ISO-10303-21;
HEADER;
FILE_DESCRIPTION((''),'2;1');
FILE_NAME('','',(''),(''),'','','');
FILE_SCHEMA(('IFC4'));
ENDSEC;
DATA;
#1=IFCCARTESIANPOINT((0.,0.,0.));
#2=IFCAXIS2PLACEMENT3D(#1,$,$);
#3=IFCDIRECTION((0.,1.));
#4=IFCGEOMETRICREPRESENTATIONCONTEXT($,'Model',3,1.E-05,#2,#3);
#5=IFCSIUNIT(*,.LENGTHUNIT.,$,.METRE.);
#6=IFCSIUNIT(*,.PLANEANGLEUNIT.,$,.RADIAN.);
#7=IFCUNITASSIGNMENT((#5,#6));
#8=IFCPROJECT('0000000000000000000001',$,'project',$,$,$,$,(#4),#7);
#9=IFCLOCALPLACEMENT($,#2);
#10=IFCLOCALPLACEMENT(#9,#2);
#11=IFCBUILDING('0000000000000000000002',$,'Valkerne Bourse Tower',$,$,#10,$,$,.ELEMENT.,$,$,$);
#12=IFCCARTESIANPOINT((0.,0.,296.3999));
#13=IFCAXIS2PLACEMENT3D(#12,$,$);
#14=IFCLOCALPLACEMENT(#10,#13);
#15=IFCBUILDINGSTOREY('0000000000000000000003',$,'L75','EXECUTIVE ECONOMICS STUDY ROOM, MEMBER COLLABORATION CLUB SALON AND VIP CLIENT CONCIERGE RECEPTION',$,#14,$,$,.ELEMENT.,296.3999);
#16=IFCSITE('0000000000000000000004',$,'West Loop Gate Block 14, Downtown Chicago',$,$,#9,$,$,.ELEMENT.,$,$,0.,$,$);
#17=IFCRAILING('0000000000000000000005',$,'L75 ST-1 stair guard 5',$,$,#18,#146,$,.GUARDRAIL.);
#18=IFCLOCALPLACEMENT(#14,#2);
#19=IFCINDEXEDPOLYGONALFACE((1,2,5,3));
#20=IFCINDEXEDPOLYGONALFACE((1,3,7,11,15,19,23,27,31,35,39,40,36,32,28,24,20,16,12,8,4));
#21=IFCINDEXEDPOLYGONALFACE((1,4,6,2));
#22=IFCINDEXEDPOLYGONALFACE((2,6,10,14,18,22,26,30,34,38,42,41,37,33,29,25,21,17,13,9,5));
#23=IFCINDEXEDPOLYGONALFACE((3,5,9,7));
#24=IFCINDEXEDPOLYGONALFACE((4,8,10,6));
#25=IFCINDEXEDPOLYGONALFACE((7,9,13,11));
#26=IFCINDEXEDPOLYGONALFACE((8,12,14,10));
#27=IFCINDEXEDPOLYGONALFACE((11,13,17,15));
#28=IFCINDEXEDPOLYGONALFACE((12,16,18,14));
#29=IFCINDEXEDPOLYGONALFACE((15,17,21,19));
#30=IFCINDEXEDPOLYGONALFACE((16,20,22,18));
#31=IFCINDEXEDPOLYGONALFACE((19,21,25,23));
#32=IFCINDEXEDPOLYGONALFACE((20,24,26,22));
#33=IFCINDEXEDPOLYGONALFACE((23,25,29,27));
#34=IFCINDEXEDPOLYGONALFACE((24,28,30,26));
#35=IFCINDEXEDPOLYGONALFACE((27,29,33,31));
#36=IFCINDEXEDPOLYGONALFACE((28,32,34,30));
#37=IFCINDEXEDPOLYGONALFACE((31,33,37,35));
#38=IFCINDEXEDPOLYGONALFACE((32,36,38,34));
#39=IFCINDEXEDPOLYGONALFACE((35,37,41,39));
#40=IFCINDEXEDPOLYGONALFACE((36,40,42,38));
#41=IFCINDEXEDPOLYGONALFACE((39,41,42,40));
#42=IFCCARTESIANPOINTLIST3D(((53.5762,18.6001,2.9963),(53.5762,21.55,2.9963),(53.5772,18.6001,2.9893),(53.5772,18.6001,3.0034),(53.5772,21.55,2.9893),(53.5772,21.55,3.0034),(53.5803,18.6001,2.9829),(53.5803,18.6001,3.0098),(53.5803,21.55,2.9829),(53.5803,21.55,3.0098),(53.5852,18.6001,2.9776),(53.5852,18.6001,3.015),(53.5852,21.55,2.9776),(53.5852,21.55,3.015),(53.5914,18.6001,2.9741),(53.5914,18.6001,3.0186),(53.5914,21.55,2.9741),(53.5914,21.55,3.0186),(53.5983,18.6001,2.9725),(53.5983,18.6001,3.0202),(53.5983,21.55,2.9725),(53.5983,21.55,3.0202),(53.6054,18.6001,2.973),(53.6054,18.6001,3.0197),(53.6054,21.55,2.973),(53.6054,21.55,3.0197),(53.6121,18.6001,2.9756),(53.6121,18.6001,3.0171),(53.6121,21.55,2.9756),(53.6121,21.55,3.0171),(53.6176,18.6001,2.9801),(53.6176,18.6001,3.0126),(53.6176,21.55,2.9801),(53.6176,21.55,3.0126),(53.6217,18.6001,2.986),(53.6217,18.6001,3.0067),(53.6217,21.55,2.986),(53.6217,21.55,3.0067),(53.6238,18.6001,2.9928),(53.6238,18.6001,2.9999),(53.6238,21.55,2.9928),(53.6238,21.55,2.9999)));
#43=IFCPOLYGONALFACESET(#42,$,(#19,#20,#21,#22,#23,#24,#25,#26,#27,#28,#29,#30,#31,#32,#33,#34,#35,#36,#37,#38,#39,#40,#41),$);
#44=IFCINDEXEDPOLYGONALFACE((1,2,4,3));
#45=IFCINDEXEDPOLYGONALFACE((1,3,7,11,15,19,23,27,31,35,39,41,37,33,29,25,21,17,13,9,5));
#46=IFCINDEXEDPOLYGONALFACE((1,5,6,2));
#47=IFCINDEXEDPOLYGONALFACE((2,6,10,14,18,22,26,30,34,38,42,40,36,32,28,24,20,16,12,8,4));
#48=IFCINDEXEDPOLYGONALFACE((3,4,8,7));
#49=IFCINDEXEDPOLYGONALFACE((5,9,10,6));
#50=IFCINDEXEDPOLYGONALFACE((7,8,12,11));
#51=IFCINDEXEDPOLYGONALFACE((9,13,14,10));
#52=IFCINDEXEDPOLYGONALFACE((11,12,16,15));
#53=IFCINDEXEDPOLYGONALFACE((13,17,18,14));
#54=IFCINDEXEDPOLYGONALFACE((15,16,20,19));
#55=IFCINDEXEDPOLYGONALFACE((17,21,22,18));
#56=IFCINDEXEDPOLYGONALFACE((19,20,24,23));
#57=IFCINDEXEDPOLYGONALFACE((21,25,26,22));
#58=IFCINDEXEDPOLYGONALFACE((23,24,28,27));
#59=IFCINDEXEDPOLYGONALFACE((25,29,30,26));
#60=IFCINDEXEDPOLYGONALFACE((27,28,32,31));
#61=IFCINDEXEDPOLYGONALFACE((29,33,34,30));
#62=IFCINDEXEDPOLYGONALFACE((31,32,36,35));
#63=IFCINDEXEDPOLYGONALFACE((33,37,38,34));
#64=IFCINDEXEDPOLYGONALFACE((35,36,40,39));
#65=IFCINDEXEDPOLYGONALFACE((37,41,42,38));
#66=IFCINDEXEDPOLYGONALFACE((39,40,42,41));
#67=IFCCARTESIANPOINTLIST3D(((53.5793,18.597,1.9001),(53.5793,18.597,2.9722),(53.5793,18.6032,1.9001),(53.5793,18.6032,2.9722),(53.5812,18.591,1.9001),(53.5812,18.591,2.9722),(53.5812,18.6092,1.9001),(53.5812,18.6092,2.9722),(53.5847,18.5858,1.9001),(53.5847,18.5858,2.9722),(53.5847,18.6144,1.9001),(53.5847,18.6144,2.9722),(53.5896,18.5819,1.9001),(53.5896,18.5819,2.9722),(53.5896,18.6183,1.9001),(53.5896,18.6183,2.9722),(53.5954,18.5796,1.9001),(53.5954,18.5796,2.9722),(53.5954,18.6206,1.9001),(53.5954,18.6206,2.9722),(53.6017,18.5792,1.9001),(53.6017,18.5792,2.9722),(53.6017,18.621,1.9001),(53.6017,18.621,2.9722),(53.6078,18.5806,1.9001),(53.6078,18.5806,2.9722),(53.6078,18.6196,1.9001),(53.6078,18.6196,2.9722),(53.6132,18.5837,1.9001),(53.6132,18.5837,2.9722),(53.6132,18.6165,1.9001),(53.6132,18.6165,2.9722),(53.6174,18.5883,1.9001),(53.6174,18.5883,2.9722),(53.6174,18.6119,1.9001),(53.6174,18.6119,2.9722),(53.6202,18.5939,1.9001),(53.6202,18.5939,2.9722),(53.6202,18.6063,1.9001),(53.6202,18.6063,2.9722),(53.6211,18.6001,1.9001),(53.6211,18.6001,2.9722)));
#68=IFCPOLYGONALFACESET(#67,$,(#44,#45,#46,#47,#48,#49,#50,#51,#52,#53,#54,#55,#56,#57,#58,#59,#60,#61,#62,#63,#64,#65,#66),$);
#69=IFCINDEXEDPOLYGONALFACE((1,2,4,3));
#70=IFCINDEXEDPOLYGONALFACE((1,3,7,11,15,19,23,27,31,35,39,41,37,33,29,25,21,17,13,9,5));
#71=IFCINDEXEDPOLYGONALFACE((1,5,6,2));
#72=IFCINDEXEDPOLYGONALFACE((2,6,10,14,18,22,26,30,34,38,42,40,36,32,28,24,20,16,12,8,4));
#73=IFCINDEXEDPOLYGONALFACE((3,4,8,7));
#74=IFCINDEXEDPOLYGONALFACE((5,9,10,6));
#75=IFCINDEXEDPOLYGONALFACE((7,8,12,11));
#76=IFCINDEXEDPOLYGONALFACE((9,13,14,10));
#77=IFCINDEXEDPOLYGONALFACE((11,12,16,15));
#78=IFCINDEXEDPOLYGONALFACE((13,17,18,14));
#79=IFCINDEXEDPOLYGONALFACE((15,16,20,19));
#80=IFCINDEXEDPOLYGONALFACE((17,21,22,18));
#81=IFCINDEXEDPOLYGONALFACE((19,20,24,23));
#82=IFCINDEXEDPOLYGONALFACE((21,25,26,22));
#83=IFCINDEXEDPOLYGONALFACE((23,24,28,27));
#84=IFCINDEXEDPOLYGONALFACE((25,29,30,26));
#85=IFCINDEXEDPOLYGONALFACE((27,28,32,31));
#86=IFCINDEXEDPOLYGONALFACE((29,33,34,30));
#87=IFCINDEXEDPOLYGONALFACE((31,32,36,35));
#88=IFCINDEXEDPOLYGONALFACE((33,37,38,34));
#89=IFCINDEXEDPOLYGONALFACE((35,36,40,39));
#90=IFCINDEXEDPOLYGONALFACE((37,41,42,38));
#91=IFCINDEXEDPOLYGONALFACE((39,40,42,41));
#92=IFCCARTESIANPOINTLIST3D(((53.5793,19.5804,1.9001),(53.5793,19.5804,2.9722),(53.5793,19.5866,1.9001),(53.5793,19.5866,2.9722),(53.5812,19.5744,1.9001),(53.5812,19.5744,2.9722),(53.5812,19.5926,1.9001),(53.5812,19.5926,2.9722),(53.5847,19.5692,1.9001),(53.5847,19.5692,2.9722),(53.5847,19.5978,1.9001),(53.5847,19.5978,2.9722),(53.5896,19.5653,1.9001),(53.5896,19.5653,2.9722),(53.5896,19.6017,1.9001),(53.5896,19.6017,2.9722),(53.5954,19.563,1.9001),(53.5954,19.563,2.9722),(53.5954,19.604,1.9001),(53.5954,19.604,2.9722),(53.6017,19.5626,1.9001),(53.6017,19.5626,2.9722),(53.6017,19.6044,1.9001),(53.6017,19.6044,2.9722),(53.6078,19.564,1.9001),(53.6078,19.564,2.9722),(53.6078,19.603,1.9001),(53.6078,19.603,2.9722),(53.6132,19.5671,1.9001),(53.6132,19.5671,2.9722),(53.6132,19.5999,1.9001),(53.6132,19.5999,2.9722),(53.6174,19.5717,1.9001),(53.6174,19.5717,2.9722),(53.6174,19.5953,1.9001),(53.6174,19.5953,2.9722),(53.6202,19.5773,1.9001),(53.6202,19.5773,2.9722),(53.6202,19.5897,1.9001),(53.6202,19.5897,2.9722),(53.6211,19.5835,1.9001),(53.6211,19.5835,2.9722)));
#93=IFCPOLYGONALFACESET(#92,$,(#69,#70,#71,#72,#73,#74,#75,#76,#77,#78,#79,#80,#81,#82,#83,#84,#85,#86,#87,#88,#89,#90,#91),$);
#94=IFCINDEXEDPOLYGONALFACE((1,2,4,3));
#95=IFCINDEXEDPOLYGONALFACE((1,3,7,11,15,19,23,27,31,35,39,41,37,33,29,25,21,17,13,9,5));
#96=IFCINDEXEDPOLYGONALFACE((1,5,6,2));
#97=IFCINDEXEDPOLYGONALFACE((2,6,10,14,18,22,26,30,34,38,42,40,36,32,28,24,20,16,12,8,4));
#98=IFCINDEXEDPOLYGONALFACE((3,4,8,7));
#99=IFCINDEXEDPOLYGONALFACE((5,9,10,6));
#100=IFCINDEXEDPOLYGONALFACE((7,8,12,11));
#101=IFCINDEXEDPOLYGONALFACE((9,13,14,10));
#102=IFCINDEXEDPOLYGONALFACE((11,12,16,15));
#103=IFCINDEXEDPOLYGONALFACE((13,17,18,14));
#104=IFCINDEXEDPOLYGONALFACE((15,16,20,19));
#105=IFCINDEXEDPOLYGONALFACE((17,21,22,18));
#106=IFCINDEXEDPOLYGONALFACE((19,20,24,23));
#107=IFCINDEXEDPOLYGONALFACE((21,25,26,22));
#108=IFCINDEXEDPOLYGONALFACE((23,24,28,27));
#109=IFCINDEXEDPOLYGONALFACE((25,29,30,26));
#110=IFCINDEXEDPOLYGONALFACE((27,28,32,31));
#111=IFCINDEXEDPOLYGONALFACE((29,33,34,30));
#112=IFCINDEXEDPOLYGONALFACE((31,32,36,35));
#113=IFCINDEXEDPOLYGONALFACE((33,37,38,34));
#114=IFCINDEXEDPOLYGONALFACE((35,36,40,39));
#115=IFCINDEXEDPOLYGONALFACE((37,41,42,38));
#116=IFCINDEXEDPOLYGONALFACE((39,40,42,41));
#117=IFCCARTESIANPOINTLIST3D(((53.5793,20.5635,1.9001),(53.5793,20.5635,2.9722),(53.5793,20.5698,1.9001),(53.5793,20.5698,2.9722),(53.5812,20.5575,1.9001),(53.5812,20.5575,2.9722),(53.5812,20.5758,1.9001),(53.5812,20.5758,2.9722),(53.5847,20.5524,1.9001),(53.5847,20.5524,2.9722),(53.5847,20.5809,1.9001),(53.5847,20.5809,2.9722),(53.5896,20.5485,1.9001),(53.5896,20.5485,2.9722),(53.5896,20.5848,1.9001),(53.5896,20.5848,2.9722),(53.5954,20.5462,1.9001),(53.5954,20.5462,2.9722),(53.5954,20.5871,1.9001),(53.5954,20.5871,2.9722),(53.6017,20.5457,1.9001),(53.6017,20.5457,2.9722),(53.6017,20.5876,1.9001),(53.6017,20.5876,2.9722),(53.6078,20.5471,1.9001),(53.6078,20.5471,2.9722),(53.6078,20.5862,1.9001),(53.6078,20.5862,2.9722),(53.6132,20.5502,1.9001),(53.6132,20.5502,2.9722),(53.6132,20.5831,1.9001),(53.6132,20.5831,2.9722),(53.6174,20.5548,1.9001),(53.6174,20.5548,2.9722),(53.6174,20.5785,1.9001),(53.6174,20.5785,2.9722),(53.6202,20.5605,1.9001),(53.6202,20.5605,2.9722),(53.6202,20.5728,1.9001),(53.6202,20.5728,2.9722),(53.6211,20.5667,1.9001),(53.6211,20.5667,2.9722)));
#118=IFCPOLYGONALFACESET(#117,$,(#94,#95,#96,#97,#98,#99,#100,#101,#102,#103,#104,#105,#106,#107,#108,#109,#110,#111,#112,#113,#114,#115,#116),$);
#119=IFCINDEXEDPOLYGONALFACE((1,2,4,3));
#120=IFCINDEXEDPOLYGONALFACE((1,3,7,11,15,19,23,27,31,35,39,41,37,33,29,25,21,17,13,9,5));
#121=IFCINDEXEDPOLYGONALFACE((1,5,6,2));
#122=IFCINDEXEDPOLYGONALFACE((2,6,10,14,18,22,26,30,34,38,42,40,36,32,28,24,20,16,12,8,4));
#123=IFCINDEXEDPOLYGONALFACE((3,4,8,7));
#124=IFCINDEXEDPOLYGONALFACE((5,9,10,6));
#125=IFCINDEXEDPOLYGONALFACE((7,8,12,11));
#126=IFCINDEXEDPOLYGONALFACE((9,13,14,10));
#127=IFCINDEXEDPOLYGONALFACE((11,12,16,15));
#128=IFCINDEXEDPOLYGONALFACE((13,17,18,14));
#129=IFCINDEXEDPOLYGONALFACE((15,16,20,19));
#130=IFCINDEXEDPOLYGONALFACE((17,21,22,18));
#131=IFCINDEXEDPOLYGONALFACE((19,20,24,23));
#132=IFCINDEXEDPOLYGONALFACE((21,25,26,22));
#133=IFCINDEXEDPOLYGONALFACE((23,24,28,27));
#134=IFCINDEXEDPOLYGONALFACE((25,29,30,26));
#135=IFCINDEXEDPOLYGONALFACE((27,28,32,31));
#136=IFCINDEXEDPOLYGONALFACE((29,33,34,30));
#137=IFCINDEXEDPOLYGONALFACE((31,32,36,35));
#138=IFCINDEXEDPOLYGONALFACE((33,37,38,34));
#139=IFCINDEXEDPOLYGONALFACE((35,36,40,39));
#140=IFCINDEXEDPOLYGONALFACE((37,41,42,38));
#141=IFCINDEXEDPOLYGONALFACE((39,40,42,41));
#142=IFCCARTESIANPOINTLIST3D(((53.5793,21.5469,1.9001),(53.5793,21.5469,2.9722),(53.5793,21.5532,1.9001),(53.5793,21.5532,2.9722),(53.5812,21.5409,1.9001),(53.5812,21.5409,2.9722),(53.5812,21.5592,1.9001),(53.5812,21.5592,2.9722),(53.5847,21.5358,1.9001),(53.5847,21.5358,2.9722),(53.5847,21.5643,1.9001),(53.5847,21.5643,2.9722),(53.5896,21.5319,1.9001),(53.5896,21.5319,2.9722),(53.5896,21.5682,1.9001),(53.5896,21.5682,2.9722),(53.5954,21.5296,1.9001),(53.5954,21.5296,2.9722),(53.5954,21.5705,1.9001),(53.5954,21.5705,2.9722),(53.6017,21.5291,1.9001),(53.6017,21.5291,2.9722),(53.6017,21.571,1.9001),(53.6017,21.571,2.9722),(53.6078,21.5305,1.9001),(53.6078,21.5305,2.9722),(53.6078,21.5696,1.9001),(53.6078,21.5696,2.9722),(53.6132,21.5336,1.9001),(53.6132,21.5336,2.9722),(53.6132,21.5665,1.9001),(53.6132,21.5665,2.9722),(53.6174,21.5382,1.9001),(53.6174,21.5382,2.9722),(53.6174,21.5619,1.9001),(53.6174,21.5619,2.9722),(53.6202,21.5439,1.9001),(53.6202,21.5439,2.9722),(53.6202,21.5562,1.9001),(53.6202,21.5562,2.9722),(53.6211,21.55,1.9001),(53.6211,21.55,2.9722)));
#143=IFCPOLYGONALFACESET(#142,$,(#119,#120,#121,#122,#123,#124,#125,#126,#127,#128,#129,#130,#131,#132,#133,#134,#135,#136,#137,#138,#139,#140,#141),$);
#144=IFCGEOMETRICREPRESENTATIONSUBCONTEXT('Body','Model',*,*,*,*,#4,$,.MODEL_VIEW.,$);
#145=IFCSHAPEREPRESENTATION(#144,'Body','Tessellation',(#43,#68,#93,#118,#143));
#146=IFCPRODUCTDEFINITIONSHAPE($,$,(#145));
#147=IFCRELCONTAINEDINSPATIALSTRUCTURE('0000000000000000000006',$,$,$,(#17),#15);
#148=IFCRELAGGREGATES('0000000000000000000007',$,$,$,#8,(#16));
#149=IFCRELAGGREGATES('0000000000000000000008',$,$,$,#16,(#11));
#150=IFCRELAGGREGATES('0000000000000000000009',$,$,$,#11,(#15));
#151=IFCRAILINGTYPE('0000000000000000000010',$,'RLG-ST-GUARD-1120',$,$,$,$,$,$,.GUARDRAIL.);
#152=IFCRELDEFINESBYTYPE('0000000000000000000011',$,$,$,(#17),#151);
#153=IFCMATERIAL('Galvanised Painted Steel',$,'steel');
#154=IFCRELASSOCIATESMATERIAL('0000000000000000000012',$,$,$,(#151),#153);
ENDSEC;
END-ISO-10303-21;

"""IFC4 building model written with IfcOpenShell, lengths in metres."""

from ifc_helpers import new_model, si_unit, direction, frame, origin, origin_2d, place, context, subcontext, project, spatial, circle, extrude, material, type_object, element, save


model = new_model("IFC4")

# Units and contexts
model_context = context("Model", 3, precision=1e-05, world=origin(), true_north=direction((0.0, 1.0)))
body_context = subcontext(model_context, "Body", "Model", "MODEL_VIEW")
ifc_project = project(units=[si_unit("LENGTHUNIT", "METRE"), si_unit("PLANEANGLEUNIT", "RADIAN")], contexts=[model_context])

# Site, building, storey
site_placement = place(None, origin())
site = spatial("IfcSite", under=ifc_project, at=site_placement, Name="West Loop Gate Block 14, Downtown Chicago", CompositionType="ELEMENT", RefElevation=0.0)
building_placement = place(site_placement, origin())
building = spatial("IfcBuilding", under=site, at=building_placement, Name="Valkerne Bourse Tower", CompositionType="ELEMENT")
storey_placement = place(building_placement, frame((0.0, 0.0, 296.3999)))
storey = spatial("IfcBuildingStorey", under=building, at=storey_placement, Name="L75", Description="EXECUTIVE ECONOMICS STUDY ROOM, MEMBER COLLABORATION CLUB SALON AND VIP CLIENT CONCIERGE RECEPTION", CompositionType="ELEMENT", Elevation=296.3999)

# Railing
ifc_material_1 = material(Name="Galvanised Painted Steel", Category="steel")
railing_type = type_object("IfcRailingType", Name="RLG-ST-GUARD-1120", PredefinedType="GUARDRAIL", material=ifc_material_1)
railing_1_placement = place(storey_placement, frame((53.6001, 18.6001, 1.9001)))
element("IfcRailing", 1, at=railing_1_placement, inside=storey, type_object=railing_type, Name="L75 ST-1 stair guard 5", PredefinedType="GUARDRAIL", context=body_context, shape_type="SweptSolid", body=[
    extrude(circle(Radius=0.0239, at=origin_2d()), frame((0.0, 0.0, 1.0962), z_axis=(0.0, 1.0, 0.0), x_axis=(-1.0, 0.0, 0.0)), (0.0, 0.0, 1.0), 2.95),
    extrude(circle(Radius=0.021, at=origin_2d()), origin(), (0.0, 0.0, 1.0), 1.072),
    extrude(circle(Radius=0.021, at=origin_2d()), frame((0.0, 0.9834, 0.0)), (0.0, 0.0, 1.0), 1.072),
    extrude(circle(Radius=0.021, at=origin_2d()), frame((0.0, 1.9666, 0.0)), (0.0, 0.0, 1.0), 1.072),
    extrude(circle(Radius=0.021, at=origin_2d()), frame((0.0, 2.95, 0.0)), (0.0, 0.0, 1.0), 1.072),
])

save(model, "model.ifc")
